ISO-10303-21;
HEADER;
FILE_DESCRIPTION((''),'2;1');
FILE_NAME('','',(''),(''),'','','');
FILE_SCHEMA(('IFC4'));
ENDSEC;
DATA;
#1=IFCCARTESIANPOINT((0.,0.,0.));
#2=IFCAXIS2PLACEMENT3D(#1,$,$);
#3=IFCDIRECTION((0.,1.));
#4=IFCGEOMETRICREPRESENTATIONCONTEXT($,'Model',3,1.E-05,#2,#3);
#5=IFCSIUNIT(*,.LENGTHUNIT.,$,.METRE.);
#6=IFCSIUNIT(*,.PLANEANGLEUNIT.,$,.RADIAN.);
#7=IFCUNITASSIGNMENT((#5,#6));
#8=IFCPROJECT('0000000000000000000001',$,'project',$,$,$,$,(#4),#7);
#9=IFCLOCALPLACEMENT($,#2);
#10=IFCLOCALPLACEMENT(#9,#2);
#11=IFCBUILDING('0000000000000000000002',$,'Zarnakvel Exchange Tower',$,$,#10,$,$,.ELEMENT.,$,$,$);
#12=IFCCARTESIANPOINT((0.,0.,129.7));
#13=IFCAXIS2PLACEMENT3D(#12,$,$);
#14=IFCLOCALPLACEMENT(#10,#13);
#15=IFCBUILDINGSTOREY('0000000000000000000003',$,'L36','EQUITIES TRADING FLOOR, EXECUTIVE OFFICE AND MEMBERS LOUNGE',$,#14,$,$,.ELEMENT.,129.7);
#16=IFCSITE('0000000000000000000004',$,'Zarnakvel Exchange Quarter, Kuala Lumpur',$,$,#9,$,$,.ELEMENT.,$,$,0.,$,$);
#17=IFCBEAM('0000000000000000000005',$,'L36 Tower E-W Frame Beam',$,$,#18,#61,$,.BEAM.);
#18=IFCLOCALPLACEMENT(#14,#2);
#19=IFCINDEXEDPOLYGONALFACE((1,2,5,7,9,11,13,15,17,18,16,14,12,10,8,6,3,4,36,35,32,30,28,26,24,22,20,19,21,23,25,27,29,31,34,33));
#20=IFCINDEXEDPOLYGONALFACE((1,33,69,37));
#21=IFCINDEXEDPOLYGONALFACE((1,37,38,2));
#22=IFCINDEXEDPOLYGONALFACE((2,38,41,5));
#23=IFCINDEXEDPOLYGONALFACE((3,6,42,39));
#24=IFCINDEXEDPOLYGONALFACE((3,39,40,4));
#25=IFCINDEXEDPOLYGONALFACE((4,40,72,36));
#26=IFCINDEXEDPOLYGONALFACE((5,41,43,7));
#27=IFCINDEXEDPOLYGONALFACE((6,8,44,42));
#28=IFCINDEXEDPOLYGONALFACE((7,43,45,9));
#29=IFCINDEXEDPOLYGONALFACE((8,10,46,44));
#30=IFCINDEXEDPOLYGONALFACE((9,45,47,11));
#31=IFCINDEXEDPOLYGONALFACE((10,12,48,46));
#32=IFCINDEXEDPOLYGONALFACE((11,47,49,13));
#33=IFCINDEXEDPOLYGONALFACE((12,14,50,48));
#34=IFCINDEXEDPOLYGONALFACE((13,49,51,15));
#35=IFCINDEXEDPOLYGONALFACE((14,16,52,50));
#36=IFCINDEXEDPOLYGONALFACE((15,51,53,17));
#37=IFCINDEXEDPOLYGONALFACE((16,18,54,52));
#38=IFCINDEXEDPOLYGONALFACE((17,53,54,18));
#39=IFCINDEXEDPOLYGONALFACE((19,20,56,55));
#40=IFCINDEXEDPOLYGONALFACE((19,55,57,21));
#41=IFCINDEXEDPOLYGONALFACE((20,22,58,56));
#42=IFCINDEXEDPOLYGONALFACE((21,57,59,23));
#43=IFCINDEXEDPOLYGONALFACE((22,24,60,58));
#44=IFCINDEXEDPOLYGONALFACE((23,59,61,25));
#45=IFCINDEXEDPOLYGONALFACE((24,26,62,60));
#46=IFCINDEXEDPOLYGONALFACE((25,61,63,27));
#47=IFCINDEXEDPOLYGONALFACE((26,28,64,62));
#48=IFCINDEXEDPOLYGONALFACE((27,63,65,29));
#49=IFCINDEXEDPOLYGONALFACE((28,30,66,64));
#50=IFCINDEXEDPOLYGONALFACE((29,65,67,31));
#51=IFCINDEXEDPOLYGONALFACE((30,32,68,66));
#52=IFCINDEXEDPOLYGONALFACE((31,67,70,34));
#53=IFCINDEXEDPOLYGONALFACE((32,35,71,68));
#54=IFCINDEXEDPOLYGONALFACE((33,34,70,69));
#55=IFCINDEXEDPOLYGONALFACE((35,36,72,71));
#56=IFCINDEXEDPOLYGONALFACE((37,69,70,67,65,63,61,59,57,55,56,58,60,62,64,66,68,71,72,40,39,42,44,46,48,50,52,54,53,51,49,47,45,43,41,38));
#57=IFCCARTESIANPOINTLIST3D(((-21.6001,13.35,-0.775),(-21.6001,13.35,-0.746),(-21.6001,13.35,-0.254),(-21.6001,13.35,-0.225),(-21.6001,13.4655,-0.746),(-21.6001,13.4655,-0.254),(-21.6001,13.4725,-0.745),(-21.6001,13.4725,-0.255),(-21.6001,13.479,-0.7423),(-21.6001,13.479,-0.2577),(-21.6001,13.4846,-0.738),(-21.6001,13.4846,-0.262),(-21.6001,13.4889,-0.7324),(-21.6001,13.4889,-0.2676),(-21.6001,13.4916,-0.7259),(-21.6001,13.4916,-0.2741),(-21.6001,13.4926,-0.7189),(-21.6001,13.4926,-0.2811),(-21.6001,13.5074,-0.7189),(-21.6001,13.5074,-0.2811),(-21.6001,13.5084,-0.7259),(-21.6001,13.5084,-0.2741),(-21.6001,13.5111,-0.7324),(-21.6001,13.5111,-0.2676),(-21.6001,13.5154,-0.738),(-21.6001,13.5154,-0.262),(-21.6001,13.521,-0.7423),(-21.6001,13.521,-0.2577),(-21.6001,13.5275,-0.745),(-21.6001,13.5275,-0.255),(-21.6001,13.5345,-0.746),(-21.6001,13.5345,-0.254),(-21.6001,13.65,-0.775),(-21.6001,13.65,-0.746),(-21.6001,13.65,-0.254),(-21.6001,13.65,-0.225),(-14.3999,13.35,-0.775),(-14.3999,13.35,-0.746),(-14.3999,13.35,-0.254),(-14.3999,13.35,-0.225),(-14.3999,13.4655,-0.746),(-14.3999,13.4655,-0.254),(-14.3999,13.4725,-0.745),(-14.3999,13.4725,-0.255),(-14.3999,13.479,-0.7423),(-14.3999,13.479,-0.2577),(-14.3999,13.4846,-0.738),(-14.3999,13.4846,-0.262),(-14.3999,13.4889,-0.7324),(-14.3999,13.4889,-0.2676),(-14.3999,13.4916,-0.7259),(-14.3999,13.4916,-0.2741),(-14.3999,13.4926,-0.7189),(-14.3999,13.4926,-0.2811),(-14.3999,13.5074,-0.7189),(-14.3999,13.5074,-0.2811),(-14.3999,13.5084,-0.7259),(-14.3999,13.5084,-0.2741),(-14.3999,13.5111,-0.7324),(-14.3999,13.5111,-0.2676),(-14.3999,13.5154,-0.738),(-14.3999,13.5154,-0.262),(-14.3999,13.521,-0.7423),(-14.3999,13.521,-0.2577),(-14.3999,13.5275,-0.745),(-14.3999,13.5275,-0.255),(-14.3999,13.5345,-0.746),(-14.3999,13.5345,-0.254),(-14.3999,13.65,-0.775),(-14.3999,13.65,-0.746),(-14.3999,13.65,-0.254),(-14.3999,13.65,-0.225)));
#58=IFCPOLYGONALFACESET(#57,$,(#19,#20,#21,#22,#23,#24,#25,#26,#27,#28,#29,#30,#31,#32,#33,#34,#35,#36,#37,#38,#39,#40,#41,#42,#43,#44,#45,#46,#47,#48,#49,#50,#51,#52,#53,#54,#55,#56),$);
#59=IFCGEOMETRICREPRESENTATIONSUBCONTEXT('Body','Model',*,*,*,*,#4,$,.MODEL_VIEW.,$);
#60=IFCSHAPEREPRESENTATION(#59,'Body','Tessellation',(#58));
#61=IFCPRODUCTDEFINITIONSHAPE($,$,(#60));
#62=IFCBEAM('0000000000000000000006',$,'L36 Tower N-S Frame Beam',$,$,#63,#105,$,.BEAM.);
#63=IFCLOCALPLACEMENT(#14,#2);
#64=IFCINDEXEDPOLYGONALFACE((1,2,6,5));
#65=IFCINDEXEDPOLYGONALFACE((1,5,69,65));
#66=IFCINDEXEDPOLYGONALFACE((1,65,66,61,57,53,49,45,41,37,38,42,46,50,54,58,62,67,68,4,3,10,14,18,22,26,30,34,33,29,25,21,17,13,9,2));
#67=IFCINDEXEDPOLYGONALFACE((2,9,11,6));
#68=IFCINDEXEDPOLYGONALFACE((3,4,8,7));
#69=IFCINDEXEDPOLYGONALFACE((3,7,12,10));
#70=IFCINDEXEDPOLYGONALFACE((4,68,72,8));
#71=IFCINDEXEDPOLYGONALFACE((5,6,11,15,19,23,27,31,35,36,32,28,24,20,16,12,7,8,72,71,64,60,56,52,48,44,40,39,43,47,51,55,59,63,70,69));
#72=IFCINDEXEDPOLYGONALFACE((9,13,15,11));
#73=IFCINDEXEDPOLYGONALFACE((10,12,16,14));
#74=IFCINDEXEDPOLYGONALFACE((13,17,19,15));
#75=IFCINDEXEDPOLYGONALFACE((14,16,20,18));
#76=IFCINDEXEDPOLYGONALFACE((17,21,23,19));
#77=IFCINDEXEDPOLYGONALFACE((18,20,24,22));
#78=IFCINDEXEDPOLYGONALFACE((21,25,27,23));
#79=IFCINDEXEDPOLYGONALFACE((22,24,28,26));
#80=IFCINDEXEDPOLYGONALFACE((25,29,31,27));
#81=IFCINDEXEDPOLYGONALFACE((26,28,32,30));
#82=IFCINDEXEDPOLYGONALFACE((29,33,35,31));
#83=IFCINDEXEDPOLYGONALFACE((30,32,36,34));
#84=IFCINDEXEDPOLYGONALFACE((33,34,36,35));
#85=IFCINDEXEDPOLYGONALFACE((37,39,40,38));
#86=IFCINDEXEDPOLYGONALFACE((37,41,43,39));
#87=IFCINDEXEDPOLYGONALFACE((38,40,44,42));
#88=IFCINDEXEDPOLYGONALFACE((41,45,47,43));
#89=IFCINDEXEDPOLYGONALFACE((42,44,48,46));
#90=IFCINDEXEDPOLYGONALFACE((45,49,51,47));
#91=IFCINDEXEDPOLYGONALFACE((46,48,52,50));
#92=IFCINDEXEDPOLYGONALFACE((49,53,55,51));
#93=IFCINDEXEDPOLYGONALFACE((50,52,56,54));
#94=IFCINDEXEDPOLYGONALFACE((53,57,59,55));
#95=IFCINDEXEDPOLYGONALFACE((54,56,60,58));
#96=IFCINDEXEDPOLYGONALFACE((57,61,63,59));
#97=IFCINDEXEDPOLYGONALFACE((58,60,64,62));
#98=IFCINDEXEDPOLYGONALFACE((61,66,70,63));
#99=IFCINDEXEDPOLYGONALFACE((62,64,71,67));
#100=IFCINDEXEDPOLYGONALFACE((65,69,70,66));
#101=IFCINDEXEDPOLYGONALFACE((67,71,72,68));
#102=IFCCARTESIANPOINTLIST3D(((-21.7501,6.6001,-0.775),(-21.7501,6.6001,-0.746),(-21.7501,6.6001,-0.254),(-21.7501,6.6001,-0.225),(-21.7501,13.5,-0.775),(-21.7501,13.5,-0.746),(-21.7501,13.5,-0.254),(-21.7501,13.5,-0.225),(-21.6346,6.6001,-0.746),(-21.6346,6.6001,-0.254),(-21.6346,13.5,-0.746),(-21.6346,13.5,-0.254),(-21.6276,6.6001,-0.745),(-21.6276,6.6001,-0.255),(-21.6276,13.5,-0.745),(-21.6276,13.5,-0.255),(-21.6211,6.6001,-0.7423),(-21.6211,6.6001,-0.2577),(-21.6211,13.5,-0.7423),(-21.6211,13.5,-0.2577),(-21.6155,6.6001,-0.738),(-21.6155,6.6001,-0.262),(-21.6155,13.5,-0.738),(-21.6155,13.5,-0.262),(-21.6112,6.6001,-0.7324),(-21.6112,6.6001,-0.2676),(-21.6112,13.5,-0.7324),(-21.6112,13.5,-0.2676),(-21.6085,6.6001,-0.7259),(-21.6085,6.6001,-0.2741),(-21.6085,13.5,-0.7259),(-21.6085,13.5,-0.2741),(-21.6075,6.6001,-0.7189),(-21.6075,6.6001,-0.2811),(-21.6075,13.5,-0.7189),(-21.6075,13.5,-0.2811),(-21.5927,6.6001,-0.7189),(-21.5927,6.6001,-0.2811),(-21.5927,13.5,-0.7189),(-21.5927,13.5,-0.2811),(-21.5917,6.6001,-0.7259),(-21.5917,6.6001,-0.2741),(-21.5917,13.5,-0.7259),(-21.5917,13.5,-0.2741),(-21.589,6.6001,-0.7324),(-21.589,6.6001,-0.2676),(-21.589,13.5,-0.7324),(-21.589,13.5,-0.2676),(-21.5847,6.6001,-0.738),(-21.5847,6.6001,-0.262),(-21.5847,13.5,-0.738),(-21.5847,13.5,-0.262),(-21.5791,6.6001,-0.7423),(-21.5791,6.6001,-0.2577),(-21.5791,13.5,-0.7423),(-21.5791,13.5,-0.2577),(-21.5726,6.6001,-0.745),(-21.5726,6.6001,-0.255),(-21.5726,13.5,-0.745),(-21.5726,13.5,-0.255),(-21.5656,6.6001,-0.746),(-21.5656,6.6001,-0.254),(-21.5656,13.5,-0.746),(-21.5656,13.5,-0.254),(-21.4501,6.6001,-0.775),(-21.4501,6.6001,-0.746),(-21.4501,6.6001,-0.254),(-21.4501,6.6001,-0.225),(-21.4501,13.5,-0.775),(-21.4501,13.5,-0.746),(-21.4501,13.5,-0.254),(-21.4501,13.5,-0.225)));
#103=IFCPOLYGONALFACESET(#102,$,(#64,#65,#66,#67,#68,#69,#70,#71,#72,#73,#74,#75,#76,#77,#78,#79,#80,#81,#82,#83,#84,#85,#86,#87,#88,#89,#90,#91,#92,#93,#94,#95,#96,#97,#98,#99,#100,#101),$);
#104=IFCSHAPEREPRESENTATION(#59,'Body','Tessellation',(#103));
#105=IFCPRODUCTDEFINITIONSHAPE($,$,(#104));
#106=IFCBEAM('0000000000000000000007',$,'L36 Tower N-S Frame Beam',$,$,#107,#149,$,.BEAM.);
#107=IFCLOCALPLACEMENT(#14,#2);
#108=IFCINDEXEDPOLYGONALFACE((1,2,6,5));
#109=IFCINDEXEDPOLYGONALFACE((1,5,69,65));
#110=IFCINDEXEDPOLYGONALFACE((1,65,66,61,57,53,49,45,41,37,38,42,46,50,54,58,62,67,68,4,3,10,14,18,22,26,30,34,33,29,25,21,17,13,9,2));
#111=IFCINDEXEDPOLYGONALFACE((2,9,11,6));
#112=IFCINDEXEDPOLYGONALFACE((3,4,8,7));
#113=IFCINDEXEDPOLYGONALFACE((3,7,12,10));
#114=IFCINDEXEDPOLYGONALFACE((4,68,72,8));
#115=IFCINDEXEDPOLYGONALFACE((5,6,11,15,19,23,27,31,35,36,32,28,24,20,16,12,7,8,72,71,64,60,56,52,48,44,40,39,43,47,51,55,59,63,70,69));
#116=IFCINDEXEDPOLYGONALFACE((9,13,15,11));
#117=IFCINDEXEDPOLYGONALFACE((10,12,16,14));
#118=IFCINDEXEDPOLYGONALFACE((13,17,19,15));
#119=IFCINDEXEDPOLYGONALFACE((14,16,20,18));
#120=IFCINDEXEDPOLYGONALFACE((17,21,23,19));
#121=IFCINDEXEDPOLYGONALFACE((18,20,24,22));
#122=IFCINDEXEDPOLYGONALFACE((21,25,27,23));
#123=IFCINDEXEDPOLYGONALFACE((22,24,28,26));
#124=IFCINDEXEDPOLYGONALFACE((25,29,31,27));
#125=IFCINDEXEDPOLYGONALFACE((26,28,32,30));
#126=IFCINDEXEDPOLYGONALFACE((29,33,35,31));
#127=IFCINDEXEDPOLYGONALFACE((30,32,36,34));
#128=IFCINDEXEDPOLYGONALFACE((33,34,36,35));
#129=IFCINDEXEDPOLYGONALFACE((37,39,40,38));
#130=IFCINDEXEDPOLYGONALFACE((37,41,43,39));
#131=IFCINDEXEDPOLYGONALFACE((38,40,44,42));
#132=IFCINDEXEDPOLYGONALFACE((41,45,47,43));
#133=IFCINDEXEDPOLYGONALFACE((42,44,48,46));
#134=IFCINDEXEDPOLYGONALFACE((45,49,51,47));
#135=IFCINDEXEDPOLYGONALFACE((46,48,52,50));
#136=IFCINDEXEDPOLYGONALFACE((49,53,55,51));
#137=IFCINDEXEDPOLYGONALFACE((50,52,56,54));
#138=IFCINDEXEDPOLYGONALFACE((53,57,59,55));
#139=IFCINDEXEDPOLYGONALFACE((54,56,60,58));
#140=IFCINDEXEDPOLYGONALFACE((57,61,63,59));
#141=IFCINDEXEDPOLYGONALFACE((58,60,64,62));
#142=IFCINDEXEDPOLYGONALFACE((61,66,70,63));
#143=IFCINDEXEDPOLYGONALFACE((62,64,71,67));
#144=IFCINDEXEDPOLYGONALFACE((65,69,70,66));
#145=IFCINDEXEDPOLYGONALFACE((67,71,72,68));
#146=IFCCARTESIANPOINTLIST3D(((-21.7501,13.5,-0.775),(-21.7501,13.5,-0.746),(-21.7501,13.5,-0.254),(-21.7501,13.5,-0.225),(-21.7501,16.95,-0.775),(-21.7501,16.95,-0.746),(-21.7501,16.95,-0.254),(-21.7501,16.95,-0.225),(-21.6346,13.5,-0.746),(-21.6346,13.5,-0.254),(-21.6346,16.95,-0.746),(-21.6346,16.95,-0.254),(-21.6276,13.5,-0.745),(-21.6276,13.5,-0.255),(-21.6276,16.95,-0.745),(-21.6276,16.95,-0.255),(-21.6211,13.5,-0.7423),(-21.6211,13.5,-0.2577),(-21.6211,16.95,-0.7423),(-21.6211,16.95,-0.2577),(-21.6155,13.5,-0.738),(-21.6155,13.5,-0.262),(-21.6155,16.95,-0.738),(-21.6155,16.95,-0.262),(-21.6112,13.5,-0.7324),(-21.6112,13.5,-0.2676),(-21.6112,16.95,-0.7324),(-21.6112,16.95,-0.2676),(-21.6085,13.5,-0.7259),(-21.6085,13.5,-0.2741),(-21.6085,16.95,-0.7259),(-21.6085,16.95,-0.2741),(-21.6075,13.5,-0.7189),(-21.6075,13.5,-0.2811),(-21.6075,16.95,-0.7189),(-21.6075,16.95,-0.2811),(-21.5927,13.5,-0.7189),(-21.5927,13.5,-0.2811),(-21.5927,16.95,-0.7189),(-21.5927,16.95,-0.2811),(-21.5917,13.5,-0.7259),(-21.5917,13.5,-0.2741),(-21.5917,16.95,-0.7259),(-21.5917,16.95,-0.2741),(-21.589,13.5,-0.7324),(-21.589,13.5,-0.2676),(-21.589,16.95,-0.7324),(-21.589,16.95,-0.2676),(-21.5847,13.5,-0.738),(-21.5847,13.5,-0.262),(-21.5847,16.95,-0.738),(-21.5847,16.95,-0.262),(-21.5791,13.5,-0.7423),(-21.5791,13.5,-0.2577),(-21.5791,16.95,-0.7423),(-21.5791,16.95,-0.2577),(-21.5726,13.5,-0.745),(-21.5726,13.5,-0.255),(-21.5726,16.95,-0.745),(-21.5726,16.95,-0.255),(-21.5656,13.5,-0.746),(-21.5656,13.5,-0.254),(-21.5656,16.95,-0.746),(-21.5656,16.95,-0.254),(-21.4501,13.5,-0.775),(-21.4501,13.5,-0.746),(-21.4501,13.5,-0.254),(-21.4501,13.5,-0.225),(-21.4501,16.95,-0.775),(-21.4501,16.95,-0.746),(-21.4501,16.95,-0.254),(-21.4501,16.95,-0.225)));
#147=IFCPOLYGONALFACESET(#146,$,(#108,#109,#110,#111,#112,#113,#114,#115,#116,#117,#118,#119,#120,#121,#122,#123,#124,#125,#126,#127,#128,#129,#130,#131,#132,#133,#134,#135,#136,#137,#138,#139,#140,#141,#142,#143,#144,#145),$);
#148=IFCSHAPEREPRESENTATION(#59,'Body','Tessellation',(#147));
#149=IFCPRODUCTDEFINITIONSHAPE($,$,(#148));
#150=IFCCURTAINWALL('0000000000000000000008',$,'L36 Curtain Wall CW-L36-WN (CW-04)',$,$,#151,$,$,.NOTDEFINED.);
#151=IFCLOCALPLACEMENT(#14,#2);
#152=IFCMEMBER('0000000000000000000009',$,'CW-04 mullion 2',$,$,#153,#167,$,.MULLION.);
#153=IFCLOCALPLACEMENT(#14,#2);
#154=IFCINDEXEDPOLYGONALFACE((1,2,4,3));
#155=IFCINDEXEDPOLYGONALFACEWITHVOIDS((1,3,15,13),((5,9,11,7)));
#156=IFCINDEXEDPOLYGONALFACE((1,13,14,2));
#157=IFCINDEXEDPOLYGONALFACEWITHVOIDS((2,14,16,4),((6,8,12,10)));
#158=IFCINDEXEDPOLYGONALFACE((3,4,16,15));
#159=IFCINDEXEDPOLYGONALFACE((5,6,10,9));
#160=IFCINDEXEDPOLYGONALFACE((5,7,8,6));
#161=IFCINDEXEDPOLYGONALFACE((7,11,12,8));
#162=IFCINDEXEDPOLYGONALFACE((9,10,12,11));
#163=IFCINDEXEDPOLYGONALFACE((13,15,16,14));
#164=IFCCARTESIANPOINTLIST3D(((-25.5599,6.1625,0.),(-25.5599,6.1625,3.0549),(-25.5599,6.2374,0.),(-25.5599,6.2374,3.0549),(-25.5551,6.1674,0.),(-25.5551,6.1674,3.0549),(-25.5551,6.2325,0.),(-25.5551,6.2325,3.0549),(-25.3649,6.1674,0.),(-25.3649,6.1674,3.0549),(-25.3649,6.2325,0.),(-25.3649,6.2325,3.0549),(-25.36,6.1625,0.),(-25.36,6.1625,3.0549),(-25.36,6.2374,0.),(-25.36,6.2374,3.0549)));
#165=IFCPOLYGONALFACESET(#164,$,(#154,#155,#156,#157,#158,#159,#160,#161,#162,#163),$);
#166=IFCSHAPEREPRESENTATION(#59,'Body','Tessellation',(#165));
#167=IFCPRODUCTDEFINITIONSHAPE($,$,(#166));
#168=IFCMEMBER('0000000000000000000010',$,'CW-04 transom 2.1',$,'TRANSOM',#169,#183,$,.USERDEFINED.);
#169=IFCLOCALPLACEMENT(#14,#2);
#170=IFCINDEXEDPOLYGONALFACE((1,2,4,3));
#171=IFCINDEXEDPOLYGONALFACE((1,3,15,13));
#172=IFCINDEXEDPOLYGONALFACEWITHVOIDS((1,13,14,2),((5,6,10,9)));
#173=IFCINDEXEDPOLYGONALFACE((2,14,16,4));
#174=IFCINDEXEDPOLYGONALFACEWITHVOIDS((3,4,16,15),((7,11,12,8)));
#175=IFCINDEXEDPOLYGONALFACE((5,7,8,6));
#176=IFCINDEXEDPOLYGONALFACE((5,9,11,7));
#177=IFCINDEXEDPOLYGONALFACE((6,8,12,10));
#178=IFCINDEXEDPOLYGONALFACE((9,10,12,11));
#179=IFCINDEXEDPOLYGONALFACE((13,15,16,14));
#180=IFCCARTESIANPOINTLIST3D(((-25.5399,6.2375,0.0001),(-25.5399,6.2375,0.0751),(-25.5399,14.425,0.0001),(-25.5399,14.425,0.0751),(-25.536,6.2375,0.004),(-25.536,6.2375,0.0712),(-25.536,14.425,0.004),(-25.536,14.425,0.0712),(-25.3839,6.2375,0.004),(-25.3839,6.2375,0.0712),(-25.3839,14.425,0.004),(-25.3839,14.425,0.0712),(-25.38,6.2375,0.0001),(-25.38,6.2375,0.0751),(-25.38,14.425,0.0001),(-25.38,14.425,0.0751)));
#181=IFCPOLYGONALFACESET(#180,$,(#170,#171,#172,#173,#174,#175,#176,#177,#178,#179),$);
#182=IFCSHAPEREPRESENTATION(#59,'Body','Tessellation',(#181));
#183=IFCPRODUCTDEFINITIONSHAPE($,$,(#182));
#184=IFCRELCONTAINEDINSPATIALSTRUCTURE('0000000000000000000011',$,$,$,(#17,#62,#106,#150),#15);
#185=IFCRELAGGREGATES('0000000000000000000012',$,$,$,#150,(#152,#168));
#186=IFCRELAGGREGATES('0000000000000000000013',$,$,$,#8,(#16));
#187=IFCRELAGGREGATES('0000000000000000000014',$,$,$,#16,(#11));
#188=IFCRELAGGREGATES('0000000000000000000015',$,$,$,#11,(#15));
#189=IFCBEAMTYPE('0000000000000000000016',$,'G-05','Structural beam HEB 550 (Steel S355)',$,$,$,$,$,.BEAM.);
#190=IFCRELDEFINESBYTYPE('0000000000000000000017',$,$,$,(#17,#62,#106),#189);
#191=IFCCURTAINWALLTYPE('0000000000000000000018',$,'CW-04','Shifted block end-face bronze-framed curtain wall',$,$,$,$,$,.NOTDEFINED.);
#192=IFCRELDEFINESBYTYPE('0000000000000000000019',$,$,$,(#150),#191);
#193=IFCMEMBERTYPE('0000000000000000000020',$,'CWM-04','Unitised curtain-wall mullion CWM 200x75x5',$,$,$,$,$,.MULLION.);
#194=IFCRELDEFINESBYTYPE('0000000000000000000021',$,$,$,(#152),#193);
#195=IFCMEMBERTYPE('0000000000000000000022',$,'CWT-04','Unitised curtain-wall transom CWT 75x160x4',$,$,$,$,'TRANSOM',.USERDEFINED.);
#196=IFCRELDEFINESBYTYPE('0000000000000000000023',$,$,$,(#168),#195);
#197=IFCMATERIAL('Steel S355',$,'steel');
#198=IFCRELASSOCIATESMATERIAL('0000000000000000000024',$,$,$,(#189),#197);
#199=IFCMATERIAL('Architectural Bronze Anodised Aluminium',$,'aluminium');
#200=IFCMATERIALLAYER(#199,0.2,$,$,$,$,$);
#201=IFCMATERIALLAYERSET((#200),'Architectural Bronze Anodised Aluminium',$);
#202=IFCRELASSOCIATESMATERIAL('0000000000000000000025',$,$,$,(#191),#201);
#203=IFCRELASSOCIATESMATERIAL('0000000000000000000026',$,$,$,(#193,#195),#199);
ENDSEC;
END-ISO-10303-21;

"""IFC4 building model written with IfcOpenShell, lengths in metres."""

from ifc_helpers import new_model, si_unit, direction, frame, origin, origin_2d, place, context, subcontext, project, spatial, hollow_rectangle, i_section, extrude, source, transform, mapped, material, layer, layer_set, material_profile, profile_set, type_object, element, aggregate, save


model = new_model("IFC4")

# Units and contexts
model_context = context("Model", 3, precision=1e-05, world=origin(), true_north=direction((0.0, 1.0)))
body_context = subcontext(model_context, "Body", "Model", "MODEL_VIEW")
ifc_project = project(units=[si_unit("LENGTHUNIT", "METRE"), si_unit("PLANEANGLEUNIT", "RADIAN")], contexts=[model_context])

# Site, building, storey
site_placement = place(None, origin())
site = spatial("IfcSite", under=ifc_project, at=site_placement, Name="Zarnakvel Exchange Quarter, Kuala Lumpur", CompositionType="ELEMENT", RefElevation=0.0)
building_placement = place(site_placement, origin())
building = spatial("IfcBuilding", under=site, at=building_placement, Name="Zarnakvel Exchange Tower", CompositionType="ELEMENT")
storey_placement = place(building_placement, frame((0.0, 0.0, 129.7)))
storey = spatial("IfcBuildingStorey", under=building, at=storey_placement, Name="L36", Description="EQUITIES TRADING FLOOR, EXECUTIVE OFFICE AND MEMBERS LOUNGE", CompositionType="ELEMENT", Elevation=129.7)

# Shared definitions
ifc_material_1 = material(Name="Steel S355", Category="steel")

# Beams
ifc_material_profile_1 = material_profile(ifc_material_1, i_section(OverallWidth=0.3, OverallDepth=0.55, WebThickness=0.0149, FlangeThickness=0.0291, FilletRadius=0.0271, at=origin_2d()))
ifc_profile_set_1 = profile_set([ifc_material_profile_1], Name="Steel S355")
beam_type = type_object("IfcBeamType", Name="G-05", Description="Structural beam HEB 550 (Steel S355)", PredefinedType="BEAM", material=ifc_profile_set_1)
beam_1_placement = place(storey_placement, frame((-21.6001, 13.5, -0.5), z_axis=(1.0, 0.0, 0.0), x_axis=(0.0, 1.0, 0.0)))
element("IfcBeam", 1, at=beam_1_placement, inside=storey, type_object=beam_type, Name="L36 Tower E-W Frame Beam", PredefinedType="BEAM", context=body_context, shape_type="SweptSolid", body=[
    extrude(i_section(OverallWidth=0.3, OverallDepth=0.55, WebThickness=0.0149, FlangeThickness=0.0291, FilletRadius=0.0271, at=origin_2d()), origin(), (0.0, 0.0, 1.0), 7.2002),
])
beam_2_placement = place(storey_placement, frame((-21.6001, 6.6001, -0.5), z_axis=(0.0, 1.0, 0.0), x_axis=(-1.0, 0.0, 0.0)))
element("IfcBeam", 2, at=beam_2_placement, inside=storey, type_object=beam_type, Name="L36 Tower N-S Frame Beam", PredefinedType="BEAM", context=body_context, shape_type="SweptSolid", body=[
    extrude(i_section(OverallWidth=0.3, OverallDepth=0.55, WebThickness=0.0149, FlangeThickness=0.0291, FilletRadius=0.0271, at=origin_2d()), origin(), (0.0, 0.0, 1.0), 6.8999),
])
beam_3_placement = place(storey_placement, frame((-21.6001, 13.5, -0.5), z_axis=(0.0, 1.0, 0.0), x_axis=(-1.0, 0.0, 0.0)))
element("IfcBeam", 3, at=beam_3_placement, inside=storey, type_object=beam_type, Name="L36 Tower N-S Frame Beam", PredefinedType="BEAM", context=body_context, shape_type="SweptSolid", body=[
    extrude(i_section(OverallWidth=0.3, OverallDepth=0.55, WebThickness=0.0149, FlangeThickness=0.0291, FilletRadius=0.0271, at=origin_2d()), origin(), (0.0, 0.0, 1.0), 3.45),
])

# Curtain wall, members
ifc_material_2 = material(Name="Architectural Bronze Anodised Aluminium", Category="aluminium")
ifc_layer_1 = layer(ifc_material_2, 0.2)
ifc_layer_set_1 = layer_set([ifc_layer_1], Name="Architectural Bronze Anodised Aluminium")
curtain_wall_type = type_object("IfcCurtainWallType", Name="CW-04", Description="Shifted block end-face bronze-framed curtain wall", PredefinedType="NOTDEFINED", material=ifc_layer_set_1)
curtain_wall_placement = place(storey_placement, origin())
curtain_wall = element("IfcCurtainWall", 4, at=curtain_wall_placement, inside=storey, type_object=curtain_wall_type, Name="L36 Curtain Wall CW-L36-WN (CW-04)", PredefinedType="NOTDEFINED")
ifc_material_profile_2 = material_profile(ifc_material_2, hollow_rectangle(XDim=0.2, YDim=0.075, WallThickness=0.0049, at=origin_2d()))
ifc_profile_set_2 = profile_set([ifc_material_profile_2], Name="Architectural Bronze Anodised Aluminium")
member_type_1 = type_object("IfcMemberType", Name="CWM-04", Description="Unitised curtain-wall mullion CWM 200x75x5", PredefinedType="MULLION", material=ifc_profile_set_2)
shared_shape_1 = source(origin(), body_context, "Body", "SweptSolid", [
    extrude(hollow_rectangle(XDim=0.2, YDim=0.075, WallThickness=0.0049, at=origin_2d()), origin(), (0.0, 0.0, 1.0), 3.0549),
])
member_1_placement = place(storey_placement, frame((-25.46, 6.2, 0.0), z_axis=(0.0, 0.0, 1.0), x_axis=(-1.0, 0.0, 0.0)))
member_1 = element("IfcMember", 5, at=member_1_placement, type_object=member_type_1, Name="CW-04 mullion 2", PredefinedType="MULLION", context=body_context, shape_type="MappedRepresentation", body=[
    mapped(shared_shape_1, transform((0.0, 0.0, 0.0), x_axis=(1.0, 0.0, 0.0), y_axis=(0.0, 1.0, 0.0), z_axis=(0.0, 0.0, 1.0), scale=1.0)),
])
ifc_material_profile_3 = material_profile(ifc_material_2, hollow_rectangle(XDim=0.1599, YDim=0.075, WallThickness=0.0039, at=origin_2d()))
ifc_profile_set_3 = profile_set([ifc_material_profile_3], Name="Architectural Bronze Anodised Aluminium")
member_type_2 = type_object("IfcMemberType", Name="CWT-04", Description="Unitised curtain-wall transom CWT 75x160x4", ElementType="TRANSOM", PredefinedType="USERDEFINED", material=ifc_profile_set_3)
shared_shape_2 = source(origin(), body_context, "Body", "SweptSolid", [
    extrude(hollow_rectangle(XDim=0.1599, YDim=0.075, WallThickness=0.0039, at=origin_2d()), origin(), (0.0, 0.0, 1.0), 8.1875),
])
member_2_placement = place(storey_placement, frame((-25.46, 6.2375, 0.0376), z_axis=(0.0, 1.0, 0.0), x_axis=(-1.0, 0.0, 0.0)))
member_2 = element("IfcMember", 6, at=member_2_placement, type_object=member_type_2, Name="CW-04 transom 2.1", ObjectType="TRANSOM", PredefinedType="USERDEFINED", context=body_context, shape_type="MappedRepresentation", body=[
    mapped(shared_shape_2, transform((0.0, 0.0, 0.0), x_axis=(1.0, 0.0, 0.0), y_axis=(0.0, 1.0, 0.0), z_axis=(0.0, 0.0, 1.0), scale=1.0)),
])
aggregate(curtain_wall, [member_1, member_2])

save(model, "model.ifc")
